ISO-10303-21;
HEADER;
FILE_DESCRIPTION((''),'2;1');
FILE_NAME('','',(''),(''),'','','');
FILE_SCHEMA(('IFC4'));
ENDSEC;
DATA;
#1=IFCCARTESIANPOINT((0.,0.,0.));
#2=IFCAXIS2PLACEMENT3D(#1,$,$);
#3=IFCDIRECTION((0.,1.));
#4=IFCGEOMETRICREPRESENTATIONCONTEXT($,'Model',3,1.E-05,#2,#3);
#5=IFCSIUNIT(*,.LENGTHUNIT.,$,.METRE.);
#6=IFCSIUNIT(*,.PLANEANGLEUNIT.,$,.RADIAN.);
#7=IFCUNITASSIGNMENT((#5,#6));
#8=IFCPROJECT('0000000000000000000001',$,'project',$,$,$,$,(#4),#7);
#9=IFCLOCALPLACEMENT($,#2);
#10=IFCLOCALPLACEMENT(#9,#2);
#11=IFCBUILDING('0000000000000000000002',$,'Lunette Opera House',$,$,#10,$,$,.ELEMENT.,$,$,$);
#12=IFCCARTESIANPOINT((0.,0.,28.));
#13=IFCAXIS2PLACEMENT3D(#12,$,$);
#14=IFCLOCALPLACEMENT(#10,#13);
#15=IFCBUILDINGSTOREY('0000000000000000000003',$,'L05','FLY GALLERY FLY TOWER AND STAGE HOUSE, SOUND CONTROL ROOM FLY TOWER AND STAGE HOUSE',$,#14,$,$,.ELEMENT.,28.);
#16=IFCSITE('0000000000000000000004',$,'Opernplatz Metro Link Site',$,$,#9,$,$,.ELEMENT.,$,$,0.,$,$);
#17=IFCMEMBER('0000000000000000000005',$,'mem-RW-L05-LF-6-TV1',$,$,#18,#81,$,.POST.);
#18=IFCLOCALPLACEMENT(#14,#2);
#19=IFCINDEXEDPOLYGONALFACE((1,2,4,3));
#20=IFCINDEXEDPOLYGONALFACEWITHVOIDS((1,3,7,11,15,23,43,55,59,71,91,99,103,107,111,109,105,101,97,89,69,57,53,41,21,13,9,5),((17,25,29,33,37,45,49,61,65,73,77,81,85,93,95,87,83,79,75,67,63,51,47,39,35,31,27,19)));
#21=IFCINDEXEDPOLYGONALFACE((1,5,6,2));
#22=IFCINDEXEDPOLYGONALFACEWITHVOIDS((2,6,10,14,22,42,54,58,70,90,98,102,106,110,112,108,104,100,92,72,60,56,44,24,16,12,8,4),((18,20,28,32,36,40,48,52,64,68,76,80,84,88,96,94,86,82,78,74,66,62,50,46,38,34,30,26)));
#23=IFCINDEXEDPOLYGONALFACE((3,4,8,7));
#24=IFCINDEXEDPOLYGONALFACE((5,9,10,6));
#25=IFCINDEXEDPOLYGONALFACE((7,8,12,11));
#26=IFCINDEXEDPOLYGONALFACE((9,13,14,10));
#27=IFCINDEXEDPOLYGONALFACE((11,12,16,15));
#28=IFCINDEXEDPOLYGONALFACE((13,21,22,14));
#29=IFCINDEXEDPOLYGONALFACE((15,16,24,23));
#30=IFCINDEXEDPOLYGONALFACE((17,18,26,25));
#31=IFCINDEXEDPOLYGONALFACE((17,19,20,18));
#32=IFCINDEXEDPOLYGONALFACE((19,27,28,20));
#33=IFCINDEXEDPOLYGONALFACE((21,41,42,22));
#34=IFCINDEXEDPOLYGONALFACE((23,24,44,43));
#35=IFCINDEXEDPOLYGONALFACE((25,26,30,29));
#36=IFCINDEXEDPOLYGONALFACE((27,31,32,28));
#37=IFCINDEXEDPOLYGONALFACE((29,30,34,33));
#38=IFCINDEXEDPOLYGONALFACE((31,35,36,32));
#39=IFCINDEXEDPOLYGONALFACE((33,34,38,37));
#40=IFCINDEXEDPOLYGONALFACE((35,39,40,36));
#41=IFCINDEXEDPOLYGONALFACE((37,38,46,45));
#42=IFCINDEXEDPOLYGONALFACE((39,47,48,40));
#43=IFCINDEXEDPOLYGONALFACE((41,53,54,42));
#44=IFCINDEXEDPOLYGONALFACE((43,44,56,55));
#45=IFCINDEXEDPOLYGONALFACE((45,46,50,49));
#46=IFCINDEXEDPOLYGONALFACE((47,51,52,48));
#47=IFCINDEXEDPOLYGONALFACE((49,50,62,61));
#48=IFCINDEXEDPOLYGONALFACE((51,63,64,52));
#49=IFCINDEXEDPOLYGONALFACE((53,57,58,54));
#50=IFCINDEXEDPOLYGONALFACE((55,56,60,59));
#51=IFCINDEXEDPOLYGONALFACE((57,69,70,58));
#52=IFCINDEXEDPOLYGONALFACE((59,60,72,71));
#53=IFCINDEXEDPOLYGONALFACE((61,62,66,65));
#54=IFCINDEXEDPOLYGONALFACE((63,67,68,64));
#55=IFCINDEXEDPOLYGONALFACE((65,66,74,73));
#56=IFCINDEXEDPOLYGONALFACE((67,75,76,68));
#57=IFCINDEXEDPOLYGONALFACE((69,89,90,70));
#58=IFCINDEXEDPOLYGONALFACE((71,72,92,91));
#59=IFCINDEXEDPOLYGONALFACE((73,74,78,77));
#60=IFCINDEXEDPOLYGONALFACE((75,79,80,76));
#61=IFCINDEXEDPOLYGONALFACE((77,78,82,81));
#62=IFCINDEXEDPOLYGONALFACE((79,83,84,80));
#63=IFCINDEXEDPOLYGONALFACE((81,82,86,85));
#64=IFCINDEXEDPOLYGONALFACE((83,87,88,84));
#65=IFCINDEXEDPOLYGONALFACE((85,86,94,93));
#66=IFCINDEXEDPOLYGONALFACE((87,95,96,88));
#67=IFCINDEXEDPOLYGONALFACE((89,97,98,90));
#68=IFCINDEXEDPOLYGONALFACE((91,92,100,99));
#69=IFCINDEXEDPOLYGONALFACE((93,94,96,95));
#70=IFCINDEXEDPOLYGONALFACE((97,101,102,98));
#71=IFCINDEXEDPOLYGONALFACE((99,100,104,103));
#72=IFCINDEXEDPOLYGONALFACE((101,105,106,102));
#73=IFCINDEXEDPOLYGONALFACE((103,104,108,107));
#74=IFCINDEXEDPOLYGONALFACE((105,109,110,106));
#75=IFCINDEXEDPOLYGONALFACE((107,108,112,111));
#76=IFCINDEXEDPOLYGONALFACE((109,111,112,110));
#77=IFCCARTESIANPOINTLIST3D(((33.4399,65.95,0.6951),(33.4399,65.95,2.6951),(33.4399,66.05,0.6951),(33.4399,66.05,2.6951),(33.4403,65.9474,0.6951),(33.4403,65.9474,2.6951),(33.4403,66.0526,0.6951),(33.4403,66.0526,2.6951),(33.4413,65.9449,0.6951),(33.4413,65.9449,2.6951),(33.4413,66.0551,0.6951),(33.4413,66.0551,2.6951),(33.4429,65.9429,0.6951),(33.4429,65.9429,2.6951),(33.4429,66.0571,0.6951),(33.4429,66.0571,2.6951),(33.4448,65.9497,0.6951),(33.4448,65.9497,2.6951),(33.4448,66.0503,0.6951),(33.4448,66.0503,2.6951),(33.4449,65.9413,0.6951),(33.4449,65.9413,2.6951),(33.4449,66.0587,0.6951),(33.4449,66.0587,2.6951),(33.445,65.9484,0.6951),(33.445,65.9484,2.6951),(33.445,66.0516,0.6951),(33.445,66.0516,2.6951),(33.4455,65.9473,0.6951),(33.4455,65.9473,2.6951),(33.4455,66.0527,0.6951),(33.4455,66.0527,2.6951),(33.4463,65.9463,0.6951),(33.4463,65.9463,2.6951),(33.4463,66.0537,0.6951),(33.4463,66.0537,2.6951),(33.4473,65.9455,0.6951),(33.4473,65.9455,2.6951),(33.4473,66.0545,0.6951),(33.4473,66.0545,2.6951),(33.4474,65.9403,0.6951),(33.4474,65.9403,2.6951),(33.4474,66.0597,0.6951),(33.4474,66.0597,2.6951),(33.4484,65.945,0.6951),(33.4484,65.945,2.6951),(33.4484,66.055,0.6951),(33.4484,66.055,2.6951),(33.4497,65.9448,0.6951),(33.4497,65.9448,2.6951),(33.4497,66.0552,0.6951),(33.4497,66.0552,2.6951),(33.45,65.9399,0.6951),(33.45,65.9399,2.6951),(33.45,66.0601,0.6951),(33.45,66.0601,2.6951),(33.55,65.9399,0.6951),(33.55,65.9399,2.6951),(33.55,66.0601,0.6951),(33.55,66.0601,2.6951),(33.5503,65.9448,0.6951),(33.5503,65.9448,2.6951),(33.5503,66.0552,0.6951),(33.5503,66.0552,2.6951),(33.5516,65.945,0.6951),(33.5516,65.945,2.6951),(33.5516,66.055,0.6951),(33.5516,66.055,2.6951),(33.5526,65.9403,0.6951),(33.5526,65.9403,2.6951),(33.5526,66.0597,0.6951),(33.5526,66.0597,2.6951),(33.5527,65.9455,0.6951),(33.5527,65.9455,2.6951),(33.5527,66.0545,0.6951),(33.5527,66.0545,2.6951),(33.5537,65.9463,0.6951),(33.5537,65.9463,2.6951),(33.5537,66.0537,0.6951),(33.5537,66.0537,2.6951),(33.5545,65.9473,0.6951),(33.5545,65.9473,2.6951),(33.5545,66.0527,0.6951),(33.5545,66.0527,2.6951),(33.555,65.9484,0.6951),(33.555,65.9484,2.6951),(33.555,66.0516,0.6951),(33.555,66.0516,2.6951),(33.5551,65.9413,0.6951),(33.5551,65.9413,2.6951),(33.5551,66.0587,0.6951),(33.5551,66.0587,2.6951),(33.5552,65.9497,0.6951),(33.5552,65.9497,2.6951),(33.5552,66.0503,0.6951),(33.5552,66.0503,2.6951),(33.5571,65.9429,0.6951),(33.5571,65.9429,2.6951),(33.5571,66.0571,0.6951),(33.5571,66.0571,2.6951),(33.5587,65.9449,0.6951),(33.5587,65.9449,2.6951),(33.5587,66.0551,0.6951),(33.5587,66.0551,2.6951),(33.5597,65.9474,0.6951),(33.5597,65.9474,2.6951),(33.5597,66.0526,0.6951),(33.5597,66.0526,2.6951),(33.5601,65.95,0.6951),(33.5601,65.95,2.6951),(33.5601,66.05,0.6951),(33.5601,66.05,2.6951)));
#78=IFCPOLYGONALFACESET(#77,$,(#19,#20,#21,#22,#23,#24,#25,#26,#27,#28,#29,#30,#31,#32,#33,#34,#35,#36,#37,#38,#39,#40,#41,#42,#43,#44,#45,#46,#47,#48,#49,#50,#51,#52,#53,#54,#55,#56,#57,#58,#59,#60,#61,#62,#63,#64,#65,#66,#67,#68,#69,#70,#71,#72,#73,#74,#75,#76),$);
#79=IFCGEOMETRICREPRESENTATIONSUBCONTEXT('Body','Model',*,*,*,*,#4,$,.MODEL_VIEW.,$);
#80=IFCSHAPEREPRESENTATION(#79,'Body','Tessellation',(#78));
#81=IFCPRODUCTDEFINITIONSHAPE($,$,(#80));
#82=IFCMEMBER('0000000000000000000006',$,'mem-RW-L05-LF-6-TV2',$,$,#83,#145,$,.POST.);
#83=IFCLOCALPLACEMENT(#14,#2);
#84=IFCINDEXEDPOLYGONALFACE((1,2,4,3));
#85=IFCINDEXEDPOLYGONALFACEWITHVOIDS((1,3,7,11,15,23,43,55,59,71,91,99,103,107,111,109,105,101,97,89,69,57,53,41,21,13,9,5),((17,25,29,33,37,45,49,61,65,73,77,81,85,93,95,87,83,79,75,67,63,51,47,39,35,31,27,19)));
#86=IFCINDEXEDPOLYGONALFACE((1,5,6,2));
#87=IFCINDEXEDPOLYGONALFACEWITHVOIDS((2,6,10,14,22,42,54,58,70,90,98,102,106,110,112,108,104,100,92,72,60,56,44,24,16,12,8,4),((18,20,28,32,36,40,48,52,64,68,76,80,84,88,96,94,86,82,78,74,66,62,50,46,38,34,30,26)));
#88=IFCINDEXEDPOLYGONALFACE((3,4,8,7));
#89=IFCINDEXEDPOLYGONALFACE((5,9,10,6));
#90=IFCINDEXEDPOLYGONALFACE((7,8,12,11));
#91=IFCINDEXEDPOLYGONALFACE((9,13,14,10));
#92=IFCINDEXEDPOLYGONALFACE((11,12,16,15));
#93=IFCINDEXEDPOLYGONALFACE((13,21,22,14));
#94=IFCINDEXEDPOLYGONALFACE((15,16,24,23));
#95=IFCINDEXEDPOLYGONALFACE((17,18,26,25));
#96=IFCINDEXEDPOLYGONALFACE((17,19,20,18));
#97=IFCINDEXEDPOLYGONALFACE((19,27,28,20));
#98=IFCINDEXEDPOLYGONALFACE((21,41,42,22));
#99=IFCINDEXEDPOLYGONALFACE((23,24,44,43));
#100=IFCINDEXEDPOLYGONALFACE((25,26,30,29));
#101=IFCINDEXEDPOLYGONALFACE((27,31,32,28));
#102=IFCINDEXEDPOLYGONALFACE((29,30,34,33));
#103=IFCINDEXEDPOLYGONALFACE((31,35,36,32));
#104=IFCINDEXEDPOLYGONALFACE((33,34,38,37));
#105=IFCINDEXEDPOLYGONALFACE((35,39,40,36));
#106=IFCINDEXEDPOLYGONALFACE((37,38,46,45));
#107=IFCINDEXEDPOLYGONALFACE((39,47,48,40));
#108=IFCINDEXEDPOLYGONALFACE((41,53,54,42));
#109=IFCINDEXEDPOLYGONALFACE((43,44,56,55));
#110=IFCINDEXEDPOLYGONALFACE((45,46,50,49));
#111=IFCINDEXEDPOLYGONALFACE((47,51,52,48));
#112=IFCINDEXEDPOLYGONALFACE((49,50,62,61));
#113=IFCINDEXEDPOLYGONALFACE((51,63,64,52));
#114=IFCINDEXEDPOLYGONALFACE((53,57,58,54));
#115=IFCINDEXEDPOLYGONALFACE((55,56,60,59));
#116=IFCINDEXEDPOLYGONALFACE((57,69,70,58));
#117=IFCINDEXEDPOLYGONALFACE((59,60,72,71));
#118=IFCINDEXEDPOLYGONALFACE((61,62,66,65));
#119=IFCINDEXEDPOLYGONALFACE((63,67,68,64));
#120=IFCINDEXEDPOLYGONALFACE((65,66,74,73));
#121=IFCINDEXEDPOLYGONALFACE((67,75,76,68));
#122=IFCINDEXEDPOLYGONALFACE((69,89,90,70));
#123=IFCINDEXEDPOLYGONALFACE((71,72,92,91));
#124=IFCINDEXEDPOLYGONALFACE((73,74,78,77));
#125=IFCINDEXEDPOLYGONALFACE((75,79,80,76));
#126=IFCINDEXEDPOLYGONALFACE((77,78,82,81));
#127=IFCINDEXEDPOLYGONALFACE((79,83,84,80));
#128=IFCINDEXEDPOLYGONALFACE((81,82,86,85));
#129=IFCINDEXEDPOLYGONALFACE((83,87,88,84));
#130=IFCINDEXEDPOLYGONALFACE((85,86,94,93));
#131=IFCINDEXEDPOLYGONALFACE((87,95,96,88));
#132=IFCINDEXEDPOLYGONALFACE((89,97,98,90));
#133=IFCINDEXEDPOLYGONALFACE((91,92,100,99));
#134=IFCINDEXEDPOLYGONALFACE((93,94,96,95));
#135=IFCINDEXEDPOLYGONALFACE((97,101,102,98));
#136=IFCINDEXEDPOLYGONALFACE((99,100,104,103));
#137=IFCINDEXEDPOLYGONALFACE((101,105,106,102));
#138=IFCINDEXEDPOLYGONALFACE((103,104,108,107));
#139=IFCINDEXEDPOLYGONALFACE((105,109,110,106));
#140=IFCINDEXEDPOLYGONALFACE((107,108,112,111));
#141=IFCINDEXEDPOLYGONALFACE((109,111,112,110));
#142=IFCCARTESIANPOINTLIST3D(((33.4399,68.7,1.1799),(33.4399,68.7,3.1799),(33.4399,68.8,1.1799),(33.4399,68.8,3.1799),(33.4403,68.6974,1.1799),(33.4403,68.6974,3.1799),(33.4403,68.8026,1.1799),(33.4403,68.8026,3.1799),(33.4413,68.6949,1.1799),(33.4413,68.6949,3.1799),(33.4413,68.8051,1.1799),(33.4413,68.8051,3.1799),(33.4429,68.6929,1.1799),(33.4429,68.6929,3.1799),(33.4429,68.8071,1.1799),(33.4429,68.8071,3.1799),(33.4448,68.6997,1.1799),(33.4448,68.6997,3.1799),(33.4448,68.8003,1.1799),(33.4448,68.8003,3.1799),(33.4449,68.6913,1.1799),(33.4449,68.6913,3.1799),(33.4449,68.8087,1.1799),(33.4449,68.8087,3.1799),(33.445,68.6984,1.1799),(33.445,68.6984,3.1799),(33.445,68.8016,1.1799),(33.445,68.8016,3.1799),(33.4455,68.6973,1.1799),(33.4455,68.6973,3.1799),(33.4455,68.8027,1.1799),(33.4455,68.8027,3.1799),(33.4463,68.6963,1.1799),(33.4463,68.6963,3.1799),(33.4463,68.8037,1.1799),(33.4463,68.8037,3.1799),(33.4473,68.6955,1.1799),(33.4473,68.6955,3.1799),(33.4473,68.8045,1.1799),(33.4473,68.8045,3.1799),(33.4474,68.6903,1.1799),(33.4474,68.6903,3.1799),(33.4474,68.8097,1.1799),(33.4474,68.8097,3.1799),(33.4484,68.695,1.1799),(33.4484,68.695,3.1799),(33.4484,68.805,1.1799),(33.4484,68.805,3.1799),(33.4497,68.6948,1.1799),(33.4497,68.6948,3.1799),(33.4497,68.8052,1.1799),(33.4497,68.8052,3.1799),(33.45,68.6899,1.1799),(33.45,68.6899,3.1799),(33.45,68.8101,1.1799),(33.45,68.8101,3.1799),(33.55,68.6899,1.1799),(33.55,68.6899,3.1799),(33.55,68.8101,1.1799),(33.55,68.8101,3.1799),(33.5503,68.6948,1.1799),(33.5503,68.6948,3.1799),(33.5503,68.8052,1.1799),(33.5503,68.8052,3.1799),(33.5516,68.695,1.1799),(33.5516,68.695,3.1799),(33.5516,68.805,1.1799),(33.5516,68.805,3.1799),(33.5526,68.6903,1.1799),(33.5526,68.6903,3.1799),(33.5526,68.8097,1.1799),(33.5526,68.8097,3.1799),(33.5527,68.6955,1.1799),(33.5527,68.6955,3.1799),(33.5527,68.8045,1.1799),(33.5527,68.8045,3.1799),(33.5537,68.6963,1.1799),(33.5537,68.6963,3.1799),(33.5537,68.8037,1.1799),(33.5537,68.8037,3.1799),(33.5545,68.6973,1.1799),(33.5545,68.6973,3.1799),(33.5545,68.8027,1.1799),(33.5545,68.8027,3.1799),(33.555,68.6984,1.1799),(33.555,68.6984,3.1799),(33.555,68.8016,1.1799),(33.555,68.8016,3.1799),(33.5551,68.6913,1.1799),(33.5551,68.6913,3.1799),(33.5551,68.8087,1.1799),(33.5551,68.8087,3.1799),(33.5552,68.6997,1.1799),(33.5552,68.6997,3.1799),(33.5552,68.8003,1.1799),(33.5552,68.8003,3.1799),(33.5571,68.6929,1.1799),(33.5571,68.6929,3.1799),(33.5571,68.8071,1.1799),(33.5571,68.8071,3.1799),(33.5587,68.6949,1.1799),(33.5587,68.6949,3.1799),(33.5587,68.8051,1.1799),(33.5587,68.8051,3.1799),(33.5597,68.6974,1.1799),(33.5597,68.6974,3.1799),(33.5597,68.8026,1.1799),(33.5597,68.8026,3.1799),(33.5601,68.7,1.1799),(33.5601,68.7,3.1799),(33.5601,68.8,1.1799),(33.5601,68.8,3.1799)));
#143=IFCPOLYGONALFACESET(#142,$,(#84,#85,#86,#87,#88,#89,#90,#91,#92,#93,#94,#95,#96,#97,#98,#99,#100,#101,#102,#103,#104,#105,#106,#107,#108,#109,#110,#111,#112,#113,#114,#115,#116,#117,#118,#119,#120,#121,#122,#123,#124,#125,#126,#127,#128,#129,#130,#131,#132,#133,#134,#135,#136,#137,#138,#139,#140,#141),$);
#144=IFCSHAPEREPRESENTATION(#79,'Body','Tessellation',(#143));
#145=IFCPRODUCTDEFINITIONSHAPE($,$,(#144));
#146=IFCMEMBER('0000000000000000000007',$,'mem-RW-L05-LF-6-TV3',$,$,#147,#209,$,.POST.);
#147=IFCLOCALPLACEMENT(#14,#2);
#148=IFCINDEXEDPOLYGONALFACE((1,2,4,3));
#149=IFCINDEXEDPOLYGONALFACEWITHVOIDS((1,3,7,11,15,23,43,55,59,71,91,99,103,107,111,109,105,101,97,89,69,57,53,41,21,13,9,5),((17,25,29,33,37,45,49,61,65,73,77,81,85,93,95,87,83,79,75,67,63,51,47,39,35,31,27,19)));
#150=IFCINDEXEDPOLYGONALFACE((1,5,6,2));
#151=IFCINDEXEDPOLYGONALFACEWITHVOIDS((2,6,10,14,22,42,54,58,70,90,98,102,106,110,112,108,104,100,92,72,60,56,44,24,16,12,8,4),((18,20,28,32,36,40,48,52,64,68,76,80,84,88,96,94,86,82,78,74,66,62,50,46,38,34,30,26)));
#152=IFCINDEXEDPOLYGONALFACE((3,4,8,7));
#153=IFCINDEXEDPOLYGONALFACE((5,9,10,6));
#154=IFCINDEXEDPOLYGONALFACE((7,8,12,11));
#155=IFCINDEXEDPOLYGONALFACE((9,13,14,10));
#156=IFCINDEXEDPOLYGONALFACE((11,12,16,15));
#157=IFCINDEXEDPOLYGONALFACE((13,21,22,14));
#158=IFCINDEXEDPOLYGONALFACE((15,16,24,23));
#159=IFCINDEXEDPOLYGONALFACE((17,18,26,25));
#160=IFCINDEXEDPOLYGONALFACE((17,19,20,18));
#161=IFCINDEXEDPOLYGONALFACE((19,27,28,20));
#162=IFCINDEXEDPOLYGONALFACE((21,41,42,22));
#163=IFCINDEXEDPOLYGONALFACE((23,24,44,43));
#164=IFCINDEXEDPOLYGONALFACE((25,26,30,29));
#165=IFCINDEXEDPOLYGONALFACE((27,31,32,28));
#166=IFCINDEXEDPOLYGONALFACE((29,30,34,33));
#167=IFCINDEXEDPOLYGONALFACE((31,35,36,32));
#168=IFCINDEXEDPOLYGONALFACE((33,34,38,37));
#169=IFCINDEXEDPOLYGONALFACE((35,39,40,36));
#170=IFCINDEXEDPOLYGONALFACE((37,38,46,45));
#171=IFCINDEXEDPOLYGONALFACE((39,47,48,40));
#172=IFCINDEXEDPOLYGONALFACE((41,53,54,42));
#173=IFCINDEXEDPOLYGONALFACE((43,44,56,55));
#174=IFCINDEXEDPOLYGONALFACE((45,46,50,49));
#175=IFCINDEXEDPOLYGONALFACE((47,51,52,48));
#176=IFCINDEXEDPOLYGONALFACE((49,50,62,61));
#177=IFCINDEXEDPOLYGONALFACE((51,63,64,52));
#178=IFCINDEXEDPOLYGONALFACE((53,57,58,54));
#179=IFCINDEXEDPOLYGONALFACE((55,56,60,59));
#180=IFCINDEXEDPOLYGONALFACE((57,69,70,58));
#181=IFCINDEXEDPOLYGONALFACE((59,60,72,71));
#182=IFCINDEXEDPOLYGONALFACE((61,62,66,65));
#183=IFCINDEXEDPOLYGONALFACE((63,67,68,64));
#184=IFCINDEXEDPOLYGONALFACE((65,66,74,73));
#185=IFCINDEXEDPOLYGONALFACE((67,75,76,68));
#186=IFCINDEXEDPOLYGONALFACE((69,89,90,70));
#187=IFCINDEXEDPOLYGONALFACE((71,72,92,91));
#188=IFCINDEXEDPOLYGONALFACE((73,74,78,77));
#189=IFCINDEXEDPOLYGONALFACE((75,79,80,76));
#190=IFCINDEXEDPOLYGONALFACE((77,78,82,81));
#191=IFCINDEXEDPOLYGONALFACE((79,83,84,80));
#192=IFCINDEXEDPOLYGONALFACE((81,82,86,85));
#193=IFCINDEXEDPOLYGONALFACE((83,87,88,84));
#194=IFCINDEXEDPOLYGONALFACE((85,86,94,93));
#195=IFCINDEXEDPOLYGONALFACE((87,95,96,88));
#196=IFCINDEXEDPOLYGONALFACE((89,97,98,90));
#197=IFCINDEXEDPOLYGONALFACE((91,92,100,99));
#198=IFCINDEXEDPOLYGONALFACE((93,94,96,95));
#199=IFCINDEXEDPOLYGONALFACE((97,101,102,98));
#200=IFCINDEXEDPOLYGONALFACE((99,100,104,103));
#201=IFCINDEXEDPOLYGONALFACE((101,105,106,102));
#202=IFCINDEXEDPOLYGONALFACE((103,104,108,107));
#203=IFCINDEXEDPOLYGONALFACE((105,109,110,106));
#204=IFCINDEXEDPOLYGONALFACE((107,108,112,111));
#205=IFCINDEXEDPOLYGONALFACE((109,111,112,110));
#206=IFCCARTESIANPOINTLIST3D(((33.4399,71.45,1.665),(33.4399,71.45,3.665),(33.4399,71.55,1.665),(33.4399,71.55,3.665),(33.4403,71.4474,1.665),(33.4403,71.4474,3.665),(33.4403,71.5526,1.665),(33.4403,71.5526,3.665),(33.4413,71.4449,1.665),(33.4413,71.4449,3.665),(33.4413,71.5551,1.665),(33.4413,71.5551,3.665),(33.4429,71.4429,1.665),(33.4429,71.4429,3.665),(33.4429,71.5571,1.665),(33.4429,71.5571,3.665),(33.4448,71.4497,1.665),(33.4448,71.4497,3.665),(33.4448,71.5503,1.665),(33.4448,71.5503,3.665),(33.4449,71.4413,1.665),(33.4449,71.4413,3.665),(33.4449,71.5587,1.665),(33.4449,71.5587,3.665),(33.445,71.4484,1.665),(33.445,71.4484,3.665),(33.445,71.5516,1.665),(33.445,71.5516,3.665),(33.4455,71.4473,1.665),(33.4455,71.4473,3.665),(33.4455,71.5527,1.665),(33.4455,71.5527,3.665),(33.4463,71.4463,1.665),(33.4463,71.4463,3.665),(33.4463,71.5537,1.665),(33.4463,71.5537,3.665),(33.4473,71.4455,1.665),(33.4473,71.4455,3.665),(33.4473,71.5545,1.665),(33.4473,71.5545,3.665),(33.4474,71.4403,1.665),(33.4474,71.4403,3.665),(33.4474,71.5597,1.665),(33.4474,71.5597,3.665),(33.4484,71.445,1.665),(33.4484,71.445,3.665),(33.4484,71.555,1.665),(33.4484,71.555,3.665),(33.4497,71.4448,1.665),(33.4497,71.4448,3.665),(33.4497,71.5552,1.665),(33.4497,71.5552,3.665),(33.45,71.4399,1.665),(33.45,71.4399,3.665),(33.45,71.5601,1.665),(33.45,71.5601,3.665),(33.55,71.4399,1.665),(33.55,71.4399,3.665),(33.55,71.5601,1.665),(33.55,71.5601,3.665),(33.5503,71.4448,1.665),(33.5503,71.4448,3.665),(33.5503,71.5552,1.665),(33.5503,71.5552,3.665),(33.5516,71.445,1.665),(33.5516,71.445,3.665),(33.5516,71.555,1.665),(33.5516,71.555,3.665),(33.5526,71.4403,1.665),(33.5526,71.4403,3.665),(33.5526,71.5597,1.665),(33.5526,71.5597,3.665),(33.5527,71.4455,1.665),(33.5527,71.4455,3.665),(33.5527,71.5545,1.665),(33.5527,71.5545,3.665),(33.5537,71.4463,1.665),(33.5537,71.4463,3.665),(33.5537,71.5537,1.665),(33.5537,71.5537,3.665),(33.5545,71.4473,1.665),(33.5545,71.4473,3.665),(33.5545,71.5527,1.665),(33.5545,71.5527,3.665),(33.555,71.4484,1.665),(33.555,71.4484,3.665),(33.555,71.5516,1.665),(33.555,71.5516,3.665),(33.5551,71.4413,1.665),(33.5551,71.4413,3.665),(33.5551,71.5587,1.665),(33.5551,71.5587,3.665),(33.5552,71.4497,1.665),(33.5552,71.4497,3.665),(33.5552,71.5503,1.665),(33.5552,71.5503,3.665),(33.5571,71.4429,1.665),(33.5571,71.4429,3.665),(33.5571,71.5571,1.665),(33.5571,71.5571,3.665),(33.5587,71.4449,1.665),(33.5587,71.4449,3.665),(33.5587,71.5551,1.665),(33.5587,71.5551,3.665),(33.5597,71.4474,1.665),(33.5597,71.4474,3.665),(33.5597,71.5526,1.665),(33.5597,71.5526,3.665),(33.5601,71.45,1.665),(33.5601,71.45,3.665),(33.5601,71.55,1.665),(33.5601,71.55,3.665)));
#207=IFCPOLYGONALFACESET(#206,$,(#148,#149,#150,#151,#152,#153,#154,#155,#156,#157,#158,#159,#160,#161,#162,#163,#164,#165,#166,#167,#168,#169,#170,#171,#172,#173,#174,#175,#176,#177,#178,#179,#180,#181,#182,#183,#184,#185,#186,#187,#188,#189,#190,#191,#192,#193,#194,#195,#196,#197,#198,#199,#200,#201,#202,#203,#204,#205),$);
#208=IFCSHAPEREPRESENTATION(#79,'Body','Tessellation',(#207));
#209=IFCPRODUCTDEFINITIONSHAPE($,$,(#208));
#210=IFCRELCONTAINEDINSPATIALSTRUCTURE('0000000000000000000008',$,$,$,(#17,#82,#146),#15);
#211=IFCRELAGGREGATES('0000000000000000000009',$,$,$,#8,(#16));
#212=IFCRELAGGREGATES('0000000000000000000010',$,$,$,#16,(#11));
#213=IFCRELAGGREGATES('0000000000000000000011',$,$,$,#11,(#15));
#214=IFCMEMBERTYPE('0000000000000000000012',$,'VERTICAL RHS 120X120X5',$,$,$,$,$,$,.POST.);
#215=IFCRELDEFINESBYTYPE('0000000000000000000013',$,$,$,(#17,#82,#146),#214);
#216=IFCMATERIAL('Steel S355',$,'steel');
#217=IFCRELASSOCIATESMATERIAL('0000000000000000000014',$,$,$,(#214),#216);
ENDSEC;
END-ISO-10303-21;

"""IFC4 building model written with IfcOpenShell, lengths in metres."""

from ifc_helpers import new_model, si_unit, direction, frame, origin, origin_2d, place, context, subcontext, project, spatial, hollow_rectangle, extrude, material, material_profile, profile_set, type_object, element, save


model = new_model("IFC4")

# Units and contexts
model_context = context("Model", 3, precision=1e-05, world=origin(), true_north=direction((0.0, 1.0)))
body_context = subcontext(model_context, "Body", "Model", "MODEL_VIEW")
ifc_project = project(units=[si_unit("LENGTHUNIT", "METRE"), si_unit("PLANEANGLEUNIT", "RADIAN")], contexts=[model_context])

# Site, building, storey
site_placement = place(None, origin())
site = spatial("IfcSite", under=ifc_project, at=site_placement, Name="Opernplatz Metro Link Site", CompositionType="ELEMENT", RefElevation=0.0)
building_placement = place(site_placement, origin())
building = spatial("IfcBuilding", under=site, at=building_placement, Name="Lunette Opera House", CompositionType="ELEMENT")
storey_placement = place(building_placement, frame((0.0, 0.0, 28.0)))
storey = spatial("IfcBuildingStorey", under=building, at=storey_placement, Name="L05", Description="FLY GALLERY FLY TOWER AND STAGE HOUSE, SOUND CONTROL ROOM FLY TOWER AND STAGE HOUSE", CompositionType="ELEMENT", Elevation=28.0)

# Members
ifc_material_1 = material(Name="Steel S355", Category="steel")
ifc_material_profile_1 = material_profile(ifc_material_1, hollow_rectangle(XDim=0.1201, YDim=0.1201, WallThickness=0.0049, InnerFilletRadius=0.0049, OuterFilletRadius=0.01, at=origin_2d()), Name="RHS 120X120X5")
ifc_profile_set_1 = profile_set([ifc_material_profile_1], Name="Steel S355")
member_type_1 = type_object("IfcMemberType", Name="VERTICAL RHS 120X120X5", PredefinedType="POST", material=ifc_profile_set_1)
for number, where, z_axis, x_axis, name in (
    (1, (33.5, 66.0, 0.6951), (0.0, 0.0, 1.0), (1.0, 0.0, 0.0), "mem-RW-L05-LF-6-TV1"),
    (2, (33.5, 68.75, 1.1799), (0.0, 0.0, 1.0), (1.0, 0.0, 0.0), "mem-RW-L05-LF-6-TV2"),
    (3, (33.5, 71.5, 1.665), (0.0, 0.0, 1.0), (1.0, 0.0, 0.0), "mem-RW-L05-LF-6-TV3"),
):
    element("IfcMember", number, at=place(storey_placement, frame(where, z_axis=z_axis, x_axis=x_axis)), inside=storey, type_object=member_type_1, Name=name, PredefinedType="POST", context=body_context, shape_type="SweptSolid", body=[
        extrude(hollow_rectangle(XDim=0.1201, YDim=0.1201, WallThickness=0.0049, InnerFilletRadius=0.0049, OuterFilletRadius=0.01, at=origin_2d()), origin(), (0.0, 0.0, 1.0), 2.0),
    ])

save(model, "model.ifc")
